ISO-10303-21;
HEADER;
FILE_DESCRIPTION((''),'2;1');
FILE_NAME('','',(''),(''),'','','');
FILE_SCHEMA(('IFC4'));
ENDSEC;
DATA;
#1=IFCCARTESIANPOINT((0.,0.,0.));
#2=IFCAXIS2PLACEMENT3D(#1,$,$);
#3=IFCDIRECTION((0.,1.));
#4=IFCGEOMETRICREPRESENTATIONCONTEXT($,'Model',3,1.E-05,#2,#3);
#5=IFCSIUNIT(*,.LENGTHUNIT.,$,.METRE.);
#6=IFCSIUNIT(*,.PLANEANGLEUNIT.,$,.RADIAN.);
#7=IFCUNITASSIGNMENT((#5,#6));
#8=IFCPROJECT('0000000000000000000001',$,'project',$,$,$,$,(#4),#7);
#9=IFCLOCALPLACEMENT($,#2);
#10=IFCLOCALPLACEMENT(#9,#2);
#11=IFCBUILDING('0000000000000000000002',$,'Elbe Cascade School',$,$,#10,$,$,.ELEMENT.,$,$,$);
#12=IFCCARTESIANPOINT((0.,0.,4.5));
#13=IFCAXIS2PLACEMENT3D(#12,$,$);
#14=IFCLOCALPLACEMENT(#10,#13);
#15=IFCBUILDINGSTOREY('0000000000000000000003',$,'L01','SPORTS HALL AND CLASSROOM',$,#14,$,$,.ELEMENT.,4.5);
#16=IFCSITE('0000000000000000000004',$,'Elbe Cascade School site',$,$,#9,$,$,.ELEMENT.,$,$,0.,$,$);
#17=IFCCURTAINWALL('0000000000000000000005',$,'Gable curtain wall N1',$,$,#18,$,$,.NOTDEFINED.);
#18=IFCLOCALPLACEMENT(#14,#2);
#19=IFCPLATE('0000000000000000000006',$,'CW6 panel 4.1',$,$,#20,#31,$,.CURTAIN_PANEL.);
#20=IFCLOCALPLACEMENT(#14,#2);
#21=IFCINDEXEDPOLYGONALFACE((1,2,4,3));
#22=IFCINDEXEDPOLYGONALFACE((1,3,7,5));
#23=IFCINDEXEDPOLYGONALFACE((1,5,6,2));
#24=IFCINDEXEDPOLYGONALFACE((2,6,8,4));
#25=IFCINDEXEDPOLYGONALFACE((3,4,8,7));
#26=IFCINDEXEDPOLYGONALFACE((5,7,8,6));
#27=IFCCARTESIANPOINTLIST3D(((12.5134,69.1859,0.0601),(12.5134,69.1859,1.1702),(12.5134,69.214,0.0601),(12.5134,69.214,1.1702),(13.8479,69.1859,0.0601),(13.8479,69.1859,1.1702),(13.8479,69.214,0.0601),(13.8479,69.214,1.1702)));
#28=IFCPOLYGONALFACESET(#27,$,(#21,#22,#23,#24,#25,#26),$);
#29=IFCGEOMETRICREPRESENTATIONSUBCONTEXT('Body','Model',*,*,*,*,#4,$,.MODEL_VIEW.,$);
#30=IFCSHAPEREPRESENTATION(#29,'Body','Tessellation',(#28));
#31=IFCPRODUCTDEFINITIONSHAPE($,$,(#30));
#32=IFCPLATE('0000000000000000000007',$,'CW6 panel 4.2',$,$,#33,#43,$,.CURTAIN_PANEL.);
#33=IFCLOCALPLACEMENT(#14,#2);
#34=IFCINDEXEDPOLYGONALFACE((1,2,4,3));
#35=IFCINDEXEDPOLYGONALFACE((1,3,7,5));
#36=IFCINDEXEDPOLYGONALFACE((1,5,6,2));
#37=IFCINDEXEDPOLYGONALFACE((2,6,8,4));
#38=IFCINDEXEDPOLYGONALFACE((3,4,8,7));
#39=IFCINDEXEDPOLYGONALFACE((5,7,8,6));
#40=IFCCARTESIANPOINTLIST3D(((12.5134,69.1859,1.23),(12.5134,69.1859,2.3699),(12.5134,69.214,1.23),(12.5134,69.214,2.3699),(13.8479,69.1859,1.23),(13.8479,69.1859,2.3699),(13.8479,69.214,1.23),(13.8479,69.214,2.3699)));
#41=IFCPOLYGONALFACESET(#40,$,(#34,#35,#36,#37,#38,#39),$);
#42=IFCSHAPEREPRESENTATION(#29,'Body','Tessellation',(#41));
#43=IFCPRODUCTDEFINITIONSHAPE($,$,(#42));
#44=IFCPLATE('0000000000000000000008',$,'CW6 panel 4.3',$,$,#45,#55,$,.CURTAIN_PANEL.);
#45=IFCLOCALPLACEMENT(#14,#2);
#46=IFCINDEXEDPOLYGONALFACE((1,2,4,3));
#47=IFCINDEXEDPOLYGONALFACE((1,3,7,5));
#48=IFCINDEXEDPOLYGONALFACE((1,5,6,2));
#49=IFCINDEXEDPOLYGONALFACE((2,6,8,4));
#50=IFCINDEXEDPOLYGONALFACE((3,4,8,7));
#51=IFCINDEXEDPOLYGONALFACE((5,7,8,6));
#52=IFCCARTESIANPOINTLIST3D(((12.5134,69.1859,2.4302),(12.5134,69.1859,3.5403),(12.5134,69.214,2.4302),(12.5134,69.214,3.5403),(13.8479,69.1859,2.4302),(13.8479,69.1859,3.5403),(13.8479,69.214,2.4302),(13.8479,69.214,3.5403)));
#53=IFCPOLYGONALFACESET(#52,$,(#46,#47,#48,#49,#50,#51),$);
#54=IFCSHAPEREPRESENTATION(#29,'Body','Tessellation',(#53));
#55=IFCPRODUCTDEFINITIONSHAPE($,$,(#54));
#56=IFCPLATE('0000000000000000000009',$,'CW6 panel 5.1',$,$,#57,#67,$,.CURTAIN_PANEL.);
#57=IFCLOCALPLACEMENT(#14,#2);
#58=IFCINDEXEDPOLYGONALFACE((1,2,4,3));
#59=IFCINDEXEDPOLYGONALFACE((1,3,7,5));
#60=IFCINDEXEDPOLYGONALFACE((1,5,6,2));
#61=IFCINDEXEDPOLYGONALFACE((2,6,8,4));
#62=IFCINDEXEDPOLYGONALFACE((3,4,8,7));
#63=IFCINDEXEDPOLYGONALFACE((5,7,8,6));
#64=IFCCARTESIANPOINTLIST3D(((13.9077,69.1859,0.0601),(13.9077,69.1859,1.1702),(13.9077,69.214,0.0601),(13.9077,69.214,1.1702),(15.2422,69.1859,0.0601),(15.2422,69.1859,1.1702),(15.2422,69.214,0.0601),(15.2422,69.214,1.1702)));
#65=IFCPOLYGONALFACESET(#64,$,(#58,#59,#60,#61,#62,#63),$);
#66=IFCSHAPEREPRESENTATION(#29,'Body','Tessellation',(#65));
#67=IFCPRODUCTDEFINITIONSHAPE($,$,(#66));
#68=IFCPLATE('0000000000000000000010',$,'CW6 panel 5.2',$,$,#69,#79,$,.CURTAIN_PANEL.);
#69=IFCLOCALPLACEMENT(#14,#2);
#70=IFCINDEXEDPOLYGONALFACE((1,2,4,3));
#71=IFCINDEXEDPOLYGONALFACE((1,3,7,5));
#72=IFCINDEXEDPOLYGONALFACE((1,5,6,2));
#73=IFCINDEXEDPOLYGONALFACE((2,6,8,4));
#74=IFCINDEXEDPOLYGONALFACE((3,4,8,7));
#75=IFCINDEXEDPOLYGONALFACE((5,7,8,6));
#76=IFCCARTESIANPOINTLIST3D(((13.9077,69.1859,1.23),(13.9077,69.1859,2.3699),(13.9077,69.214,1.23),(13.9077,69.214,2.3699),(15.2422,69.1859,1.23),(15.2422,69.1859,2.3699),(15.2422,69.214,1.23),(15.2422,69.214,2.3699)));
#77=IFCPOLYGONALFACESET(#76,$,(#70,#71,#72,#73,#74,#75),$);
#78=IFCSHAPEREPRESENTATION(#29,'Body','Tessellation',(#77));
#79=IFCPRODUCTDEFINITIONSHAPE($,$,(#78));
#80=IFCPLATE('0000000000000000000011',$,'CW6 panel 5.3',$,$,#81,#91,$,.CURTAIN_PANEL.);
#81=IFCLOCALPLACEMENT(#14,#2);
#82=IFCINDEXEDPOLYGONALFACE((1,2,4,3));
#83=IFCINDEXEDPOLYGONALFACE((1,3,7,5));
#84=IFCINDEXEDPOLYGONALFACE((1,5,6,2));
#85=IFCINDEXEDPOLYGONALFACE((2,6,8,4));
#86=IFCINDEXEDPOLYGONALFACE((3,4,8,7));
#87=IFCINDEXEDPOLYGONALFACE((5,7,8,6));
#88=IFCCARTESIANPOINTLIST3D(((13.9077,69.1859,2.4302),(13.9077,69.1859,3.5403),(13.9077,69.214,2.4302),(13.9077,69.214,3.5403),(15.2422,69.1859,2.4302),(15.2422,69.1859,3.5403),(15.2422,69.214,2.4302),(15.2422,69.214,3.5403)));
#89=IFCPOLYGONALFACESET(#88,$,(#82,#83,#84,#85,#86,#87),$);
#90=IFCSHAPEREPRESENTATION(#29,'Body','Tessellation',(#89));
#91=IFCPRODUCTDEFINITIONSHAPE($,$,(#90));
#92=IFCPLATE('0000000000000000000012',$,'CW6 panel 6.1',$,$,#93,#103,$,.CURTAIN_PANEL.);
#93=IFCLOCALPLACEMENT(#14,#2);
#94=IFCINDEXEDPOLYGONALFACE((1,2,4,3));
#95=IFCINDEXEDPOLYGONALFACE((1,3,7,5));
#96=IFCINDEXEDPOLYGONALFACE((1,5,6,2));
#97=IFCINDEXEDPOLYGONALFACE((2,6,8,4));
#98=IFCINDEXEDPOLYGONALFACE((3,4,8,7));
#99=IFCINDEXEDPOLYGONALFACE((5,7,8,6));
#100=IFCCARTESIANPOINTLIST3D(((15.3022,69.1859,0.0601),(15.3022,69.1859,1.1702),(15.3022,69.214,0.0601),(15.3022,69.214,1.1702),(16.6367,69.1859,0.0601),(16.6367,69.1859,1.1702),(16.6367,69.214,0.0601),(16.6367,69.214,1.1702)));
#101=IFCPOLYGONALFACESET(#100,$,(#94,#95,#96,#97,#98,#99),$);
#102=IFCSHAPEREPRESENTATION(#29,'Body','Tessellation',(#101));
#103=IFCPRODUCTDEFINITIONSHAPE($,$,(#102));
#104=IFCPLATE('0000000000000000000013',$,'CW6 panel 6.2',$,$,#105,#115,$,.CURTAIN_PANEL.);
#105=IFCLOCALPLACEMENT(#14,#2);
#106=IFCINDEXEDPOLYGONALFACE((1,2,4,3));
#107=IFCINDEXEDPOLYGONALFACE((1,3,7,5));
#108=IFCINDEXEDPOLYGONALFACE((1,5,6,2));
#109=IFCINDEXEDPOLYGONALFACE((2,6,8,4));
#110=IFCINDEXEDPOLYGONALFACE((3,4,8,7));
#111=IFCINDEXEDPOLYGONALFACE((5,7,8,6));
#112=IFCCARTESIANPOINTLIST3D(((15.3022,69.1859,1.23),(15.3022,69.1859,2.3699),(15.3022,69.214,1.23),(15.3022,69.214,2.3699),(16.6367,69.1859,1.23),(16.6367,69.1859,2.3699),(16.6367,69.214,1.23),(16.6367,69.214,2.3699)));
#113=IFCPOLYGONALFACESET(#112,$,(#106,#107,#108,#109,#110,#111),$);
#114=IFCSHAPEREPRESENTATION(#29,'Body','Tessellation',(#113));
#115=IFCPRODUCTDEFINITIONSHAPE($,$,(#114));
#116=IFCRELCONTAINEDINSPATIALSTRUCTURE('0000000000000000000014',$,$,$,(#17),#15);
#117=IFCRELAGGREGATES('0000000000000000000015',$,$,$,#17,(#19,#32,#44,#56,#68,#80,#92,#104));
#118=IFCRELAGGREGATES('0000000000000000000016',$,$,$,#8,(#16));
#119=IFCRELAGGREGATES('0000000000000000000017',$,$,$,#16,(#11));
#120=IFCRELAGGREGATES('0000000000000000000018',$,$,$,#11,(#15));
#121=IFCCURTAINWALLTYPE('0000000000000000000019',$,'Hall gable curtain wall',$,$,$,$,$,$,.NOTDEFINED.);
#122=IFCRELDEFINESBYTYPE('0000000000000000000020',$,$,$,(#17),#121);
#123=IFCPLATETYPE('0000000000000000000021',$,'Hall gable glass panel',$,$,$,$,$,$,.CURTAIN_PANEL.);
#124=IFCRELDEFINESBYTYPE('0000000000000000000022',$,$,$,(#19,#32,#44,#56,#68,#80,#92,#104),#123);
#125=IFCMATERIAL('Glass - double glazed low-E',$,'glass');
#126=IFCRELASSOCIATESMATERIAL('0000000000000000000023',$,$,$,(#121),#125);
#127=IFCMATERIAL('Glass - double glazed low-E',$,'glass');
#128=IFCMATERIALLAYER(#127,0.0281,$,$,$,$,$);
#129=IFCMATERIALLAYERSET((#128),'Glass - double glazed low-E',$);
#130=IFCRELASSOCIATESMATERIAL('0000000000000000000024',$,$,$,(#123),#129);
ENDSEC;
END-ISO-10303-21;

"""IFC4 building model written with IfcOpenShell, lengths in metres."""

from ifc_helpers import new_model, si_unit, direction, frame, origin, origin_2d, place, context, subcontext, project, spatial, rectangle, extrude, material, layer, layer_set, type_object, element, aggregate, save


model = new_model("IFC4")

# Units and contexts
model_context = context("Model", 3, precision=1e-05, world=origin(), true_north=direction((0.0, 1.0)))
body_context = subcontext(model_context, "Body", "Model", "MODEL_VIEW")
ifc_project = project(units=[si_unit("LENGTHUNIT", "METRE"), si_unit("PLANEANGLEUNIT", "RADIAN")], contexts=[model_context])

# Site, building, storey
site_placement = place(None, origin())
site = spatial("IfcSite", under=ifc_project, at=site_placement, Name="Elbe Cascade School site", CompositionType="ELEMENT", RefElevation=0.0)
building_placement = place(site_placement, origin())
building = spatial("IfcBuilding", under=site, at=building_placement, Name="Elbe Cascade School", CompositionType="ELEMENT")
storey_placement = place(building_placement, frame((0.0, 0.0, 4.5)))
storey = spatial("IfcBuildingStorey", under=building, at=storey_placement, Name="L01", Description="SPORTS HALL AND CLASSROOM", CompositionType="ELEMENT", Elevation=4.5)

# Curtain wall, plates
ifc_material_1 = material(Name="Glass - double glazed low-E", Category="glass")
curtain_wall_type = type_object("IfcCurtainWallType", Name="Hall gable curtain wall", PredefinedType="NOTDEFINED", material=ifc_material_1)
curtain_wall_placement = place(storey_placement, origin())
curtain_wall = element("IfcCurtainWall", 1, at=curtain_wall_placement, inside=storey, type_object=curtain_wall_type, Name="Gable curtain wall N1", PredefinedType="NOTDEFINED")
ifc_material_2 = material(Name="Glass - double glazed low-E", Category="glass")
ifc_layer = layer(ifc_material_2, 0.0281)
ifc_layer_set = layer_set([ifc_layer], Name="Glass - double glazed low-E")
plate_type = type_object("IfcPlateType", Name="Hall gable glass panel", PredefinedType="CURTAIN_PANEL", material=ifc_layer_set)
plate_1_placement = place(storey_placement, frame((13.1807, 69.2, 0.0601), z_axis=(0.0, 0.0, 1.0), x_axis=(1.0, 0.0, 0.0)))
plate_1 = element("IfcPlate", 2, at=plate_1_placement, type_object=plate_type, Name="CW6 panel 4.1", PredefinedType="CURTAIN_PANEL", context=body_context, shape_type="SweptSolid", body=[
    extrude(rectangle(XDim=1.3345, YDim=0.0281, at=origin_2d()), origin(), (0.0, 0.0, 1.0), 1.1101),
])
plate_2_placement = place(storey_placement, frame((13.1807, 69.2, 1.23), z_axis=(0.0, 0.0, 1.0), x_axis=(1.0, 0.0, 0.0)))
plate_2 = element("IfcPlate", 3, at=plate_2_placement, type_object=plate_type, Name="CW6 panel 4.2", PredefinedType="CURTAIN_PANEL", context=body_context, shape_type="SweptSolid", body=[
    extrude(rectangle(XDim=1.3345, YDim=0.0281, at=origin_2d()), origin(), (0.0, 0.0, 1.0), 1.1399),
])
plate_3_placement = place(storey_placement, frame((13.1807, 69.2, 2.4302), z_axis=(0.0, 0.0, 1.0), x_axis=(1.0, 0.0, 0.0)))
plate_3 = element("IfcPlate", 4, at=plate_3_placement, type_object=plate_type, Name="CW6 panel 4.3", PredefinedType="CURTAIN_PANEL", context=body_context, shape_type="SweptSolid", body=[
    extrude(rectangle(XDim=1.3345, YDim=0.0281, at=origin_2d()), origin(), (0.0, 0.0, 1.0), 1.1101),
])
plate_4_placement = place(storey_placement, frame((14.575, 69.2, 0.0601), z_axis=(0.0, 0.0, 1.0), x_axis=(1.0, 0.0, 0.0)))
plate_4 = element("IfcPlate", 5, at=plate_4_placement, type_object=plate_type, Name="CW6 panel 5.1", PredefinedType="CURTAIN_PANEL", context=body_context, shape_type="SweptSolid", body=[
    extrude(rectangle(XDim=1.3345, YDim=0.0281, at=origin_2d()), origin(), (0.0, 0.0, 1.0), 1.1101),
])
plate_5_placement = place(storey_placement, frame((14.575, 69.2, 1.23), z_axis=(0.0, 0.0, 1.0), x_axis=(1.0, 0.0, 0.0)))
plate_5 = element("IfcPlate", 6, at=plate_5_placement, type_object=plate_type, Name="CW6 panel 5.2", PredefinedType="CURTAIN_PANEL", context=body_context, shape_type="SweptSolid", body=[
    extrude(rectangle(XDim=1.3345, YDim=0.0281, at=origin_2d()), origin(), (0.0, 0.0, 1.0), 1.1399),
])
plate_6_placement = place(storey_placement, frame((14.575, 69.2, 2.4302), z_axis=(0.0, 0.0, 1.0), x_axis=(1.0, 0.0, 0.0)))
plate_6 = element("IfcPlate", 7, at=plate_6_placement, type_object=plate_type, Name="CW6 panel 5.3", PredefinedType="CURTAIN_PANEL", context=body_context, shape_type="SweptSolid", body=[
    extrude(rectangle(XDim=1.3345, YDim=0.0281, at=origin_2d()), origin(), (0.0, 0.0, 1.0), 1.1101),
])
plate_7_placement = place(storey_placement, frame((15.9695, 69.2, 0.0601), z_axis=(0.0, 0.0, 1.0), x_axis=(1.0, 0.0, 0.0)))
plate_7 = element("IfcPlate", 8, at=plate_7_placement, type_object=plate_type, Name="CW6 panel 6.1", PredefinedType="CURTAIN_PANEL", context=body_context, shape_type="SweptSolid", body=[
    extrude(rectangle(XDim=1.3345, YDim=0.0281, at=origin_2d()), origin(), (0.0, 0.0, 1.0), 1.1101),
])
plate_8_placement = place(storey_placement, frame((15.9695, 69.2, 1.23), z_axis=(0.0, 0.0, 1.0), x_axis=(1.0, 0.0, 0.0)))
plate_8 = element("IfcPlate", 9, at=plate_8_placement, type_object=plate_type, Name="CW6 panel 6.2", PredefinedType="CURTAIN_PANEL", context=body_context, shape_type="SweptSolid", body=[
    extrude(rectangle(XDim=1.3345, YDim=0.0281, at=origin_2d()), origin(), (0.0, 0.0, 1.0), 1.1399),
])
aggregate(curtain_wall, [plate_1, plate_2, plate_3, plate_4, plate_5, plate_6, plate_7, plate_8])

save(model, "model.ifc")
